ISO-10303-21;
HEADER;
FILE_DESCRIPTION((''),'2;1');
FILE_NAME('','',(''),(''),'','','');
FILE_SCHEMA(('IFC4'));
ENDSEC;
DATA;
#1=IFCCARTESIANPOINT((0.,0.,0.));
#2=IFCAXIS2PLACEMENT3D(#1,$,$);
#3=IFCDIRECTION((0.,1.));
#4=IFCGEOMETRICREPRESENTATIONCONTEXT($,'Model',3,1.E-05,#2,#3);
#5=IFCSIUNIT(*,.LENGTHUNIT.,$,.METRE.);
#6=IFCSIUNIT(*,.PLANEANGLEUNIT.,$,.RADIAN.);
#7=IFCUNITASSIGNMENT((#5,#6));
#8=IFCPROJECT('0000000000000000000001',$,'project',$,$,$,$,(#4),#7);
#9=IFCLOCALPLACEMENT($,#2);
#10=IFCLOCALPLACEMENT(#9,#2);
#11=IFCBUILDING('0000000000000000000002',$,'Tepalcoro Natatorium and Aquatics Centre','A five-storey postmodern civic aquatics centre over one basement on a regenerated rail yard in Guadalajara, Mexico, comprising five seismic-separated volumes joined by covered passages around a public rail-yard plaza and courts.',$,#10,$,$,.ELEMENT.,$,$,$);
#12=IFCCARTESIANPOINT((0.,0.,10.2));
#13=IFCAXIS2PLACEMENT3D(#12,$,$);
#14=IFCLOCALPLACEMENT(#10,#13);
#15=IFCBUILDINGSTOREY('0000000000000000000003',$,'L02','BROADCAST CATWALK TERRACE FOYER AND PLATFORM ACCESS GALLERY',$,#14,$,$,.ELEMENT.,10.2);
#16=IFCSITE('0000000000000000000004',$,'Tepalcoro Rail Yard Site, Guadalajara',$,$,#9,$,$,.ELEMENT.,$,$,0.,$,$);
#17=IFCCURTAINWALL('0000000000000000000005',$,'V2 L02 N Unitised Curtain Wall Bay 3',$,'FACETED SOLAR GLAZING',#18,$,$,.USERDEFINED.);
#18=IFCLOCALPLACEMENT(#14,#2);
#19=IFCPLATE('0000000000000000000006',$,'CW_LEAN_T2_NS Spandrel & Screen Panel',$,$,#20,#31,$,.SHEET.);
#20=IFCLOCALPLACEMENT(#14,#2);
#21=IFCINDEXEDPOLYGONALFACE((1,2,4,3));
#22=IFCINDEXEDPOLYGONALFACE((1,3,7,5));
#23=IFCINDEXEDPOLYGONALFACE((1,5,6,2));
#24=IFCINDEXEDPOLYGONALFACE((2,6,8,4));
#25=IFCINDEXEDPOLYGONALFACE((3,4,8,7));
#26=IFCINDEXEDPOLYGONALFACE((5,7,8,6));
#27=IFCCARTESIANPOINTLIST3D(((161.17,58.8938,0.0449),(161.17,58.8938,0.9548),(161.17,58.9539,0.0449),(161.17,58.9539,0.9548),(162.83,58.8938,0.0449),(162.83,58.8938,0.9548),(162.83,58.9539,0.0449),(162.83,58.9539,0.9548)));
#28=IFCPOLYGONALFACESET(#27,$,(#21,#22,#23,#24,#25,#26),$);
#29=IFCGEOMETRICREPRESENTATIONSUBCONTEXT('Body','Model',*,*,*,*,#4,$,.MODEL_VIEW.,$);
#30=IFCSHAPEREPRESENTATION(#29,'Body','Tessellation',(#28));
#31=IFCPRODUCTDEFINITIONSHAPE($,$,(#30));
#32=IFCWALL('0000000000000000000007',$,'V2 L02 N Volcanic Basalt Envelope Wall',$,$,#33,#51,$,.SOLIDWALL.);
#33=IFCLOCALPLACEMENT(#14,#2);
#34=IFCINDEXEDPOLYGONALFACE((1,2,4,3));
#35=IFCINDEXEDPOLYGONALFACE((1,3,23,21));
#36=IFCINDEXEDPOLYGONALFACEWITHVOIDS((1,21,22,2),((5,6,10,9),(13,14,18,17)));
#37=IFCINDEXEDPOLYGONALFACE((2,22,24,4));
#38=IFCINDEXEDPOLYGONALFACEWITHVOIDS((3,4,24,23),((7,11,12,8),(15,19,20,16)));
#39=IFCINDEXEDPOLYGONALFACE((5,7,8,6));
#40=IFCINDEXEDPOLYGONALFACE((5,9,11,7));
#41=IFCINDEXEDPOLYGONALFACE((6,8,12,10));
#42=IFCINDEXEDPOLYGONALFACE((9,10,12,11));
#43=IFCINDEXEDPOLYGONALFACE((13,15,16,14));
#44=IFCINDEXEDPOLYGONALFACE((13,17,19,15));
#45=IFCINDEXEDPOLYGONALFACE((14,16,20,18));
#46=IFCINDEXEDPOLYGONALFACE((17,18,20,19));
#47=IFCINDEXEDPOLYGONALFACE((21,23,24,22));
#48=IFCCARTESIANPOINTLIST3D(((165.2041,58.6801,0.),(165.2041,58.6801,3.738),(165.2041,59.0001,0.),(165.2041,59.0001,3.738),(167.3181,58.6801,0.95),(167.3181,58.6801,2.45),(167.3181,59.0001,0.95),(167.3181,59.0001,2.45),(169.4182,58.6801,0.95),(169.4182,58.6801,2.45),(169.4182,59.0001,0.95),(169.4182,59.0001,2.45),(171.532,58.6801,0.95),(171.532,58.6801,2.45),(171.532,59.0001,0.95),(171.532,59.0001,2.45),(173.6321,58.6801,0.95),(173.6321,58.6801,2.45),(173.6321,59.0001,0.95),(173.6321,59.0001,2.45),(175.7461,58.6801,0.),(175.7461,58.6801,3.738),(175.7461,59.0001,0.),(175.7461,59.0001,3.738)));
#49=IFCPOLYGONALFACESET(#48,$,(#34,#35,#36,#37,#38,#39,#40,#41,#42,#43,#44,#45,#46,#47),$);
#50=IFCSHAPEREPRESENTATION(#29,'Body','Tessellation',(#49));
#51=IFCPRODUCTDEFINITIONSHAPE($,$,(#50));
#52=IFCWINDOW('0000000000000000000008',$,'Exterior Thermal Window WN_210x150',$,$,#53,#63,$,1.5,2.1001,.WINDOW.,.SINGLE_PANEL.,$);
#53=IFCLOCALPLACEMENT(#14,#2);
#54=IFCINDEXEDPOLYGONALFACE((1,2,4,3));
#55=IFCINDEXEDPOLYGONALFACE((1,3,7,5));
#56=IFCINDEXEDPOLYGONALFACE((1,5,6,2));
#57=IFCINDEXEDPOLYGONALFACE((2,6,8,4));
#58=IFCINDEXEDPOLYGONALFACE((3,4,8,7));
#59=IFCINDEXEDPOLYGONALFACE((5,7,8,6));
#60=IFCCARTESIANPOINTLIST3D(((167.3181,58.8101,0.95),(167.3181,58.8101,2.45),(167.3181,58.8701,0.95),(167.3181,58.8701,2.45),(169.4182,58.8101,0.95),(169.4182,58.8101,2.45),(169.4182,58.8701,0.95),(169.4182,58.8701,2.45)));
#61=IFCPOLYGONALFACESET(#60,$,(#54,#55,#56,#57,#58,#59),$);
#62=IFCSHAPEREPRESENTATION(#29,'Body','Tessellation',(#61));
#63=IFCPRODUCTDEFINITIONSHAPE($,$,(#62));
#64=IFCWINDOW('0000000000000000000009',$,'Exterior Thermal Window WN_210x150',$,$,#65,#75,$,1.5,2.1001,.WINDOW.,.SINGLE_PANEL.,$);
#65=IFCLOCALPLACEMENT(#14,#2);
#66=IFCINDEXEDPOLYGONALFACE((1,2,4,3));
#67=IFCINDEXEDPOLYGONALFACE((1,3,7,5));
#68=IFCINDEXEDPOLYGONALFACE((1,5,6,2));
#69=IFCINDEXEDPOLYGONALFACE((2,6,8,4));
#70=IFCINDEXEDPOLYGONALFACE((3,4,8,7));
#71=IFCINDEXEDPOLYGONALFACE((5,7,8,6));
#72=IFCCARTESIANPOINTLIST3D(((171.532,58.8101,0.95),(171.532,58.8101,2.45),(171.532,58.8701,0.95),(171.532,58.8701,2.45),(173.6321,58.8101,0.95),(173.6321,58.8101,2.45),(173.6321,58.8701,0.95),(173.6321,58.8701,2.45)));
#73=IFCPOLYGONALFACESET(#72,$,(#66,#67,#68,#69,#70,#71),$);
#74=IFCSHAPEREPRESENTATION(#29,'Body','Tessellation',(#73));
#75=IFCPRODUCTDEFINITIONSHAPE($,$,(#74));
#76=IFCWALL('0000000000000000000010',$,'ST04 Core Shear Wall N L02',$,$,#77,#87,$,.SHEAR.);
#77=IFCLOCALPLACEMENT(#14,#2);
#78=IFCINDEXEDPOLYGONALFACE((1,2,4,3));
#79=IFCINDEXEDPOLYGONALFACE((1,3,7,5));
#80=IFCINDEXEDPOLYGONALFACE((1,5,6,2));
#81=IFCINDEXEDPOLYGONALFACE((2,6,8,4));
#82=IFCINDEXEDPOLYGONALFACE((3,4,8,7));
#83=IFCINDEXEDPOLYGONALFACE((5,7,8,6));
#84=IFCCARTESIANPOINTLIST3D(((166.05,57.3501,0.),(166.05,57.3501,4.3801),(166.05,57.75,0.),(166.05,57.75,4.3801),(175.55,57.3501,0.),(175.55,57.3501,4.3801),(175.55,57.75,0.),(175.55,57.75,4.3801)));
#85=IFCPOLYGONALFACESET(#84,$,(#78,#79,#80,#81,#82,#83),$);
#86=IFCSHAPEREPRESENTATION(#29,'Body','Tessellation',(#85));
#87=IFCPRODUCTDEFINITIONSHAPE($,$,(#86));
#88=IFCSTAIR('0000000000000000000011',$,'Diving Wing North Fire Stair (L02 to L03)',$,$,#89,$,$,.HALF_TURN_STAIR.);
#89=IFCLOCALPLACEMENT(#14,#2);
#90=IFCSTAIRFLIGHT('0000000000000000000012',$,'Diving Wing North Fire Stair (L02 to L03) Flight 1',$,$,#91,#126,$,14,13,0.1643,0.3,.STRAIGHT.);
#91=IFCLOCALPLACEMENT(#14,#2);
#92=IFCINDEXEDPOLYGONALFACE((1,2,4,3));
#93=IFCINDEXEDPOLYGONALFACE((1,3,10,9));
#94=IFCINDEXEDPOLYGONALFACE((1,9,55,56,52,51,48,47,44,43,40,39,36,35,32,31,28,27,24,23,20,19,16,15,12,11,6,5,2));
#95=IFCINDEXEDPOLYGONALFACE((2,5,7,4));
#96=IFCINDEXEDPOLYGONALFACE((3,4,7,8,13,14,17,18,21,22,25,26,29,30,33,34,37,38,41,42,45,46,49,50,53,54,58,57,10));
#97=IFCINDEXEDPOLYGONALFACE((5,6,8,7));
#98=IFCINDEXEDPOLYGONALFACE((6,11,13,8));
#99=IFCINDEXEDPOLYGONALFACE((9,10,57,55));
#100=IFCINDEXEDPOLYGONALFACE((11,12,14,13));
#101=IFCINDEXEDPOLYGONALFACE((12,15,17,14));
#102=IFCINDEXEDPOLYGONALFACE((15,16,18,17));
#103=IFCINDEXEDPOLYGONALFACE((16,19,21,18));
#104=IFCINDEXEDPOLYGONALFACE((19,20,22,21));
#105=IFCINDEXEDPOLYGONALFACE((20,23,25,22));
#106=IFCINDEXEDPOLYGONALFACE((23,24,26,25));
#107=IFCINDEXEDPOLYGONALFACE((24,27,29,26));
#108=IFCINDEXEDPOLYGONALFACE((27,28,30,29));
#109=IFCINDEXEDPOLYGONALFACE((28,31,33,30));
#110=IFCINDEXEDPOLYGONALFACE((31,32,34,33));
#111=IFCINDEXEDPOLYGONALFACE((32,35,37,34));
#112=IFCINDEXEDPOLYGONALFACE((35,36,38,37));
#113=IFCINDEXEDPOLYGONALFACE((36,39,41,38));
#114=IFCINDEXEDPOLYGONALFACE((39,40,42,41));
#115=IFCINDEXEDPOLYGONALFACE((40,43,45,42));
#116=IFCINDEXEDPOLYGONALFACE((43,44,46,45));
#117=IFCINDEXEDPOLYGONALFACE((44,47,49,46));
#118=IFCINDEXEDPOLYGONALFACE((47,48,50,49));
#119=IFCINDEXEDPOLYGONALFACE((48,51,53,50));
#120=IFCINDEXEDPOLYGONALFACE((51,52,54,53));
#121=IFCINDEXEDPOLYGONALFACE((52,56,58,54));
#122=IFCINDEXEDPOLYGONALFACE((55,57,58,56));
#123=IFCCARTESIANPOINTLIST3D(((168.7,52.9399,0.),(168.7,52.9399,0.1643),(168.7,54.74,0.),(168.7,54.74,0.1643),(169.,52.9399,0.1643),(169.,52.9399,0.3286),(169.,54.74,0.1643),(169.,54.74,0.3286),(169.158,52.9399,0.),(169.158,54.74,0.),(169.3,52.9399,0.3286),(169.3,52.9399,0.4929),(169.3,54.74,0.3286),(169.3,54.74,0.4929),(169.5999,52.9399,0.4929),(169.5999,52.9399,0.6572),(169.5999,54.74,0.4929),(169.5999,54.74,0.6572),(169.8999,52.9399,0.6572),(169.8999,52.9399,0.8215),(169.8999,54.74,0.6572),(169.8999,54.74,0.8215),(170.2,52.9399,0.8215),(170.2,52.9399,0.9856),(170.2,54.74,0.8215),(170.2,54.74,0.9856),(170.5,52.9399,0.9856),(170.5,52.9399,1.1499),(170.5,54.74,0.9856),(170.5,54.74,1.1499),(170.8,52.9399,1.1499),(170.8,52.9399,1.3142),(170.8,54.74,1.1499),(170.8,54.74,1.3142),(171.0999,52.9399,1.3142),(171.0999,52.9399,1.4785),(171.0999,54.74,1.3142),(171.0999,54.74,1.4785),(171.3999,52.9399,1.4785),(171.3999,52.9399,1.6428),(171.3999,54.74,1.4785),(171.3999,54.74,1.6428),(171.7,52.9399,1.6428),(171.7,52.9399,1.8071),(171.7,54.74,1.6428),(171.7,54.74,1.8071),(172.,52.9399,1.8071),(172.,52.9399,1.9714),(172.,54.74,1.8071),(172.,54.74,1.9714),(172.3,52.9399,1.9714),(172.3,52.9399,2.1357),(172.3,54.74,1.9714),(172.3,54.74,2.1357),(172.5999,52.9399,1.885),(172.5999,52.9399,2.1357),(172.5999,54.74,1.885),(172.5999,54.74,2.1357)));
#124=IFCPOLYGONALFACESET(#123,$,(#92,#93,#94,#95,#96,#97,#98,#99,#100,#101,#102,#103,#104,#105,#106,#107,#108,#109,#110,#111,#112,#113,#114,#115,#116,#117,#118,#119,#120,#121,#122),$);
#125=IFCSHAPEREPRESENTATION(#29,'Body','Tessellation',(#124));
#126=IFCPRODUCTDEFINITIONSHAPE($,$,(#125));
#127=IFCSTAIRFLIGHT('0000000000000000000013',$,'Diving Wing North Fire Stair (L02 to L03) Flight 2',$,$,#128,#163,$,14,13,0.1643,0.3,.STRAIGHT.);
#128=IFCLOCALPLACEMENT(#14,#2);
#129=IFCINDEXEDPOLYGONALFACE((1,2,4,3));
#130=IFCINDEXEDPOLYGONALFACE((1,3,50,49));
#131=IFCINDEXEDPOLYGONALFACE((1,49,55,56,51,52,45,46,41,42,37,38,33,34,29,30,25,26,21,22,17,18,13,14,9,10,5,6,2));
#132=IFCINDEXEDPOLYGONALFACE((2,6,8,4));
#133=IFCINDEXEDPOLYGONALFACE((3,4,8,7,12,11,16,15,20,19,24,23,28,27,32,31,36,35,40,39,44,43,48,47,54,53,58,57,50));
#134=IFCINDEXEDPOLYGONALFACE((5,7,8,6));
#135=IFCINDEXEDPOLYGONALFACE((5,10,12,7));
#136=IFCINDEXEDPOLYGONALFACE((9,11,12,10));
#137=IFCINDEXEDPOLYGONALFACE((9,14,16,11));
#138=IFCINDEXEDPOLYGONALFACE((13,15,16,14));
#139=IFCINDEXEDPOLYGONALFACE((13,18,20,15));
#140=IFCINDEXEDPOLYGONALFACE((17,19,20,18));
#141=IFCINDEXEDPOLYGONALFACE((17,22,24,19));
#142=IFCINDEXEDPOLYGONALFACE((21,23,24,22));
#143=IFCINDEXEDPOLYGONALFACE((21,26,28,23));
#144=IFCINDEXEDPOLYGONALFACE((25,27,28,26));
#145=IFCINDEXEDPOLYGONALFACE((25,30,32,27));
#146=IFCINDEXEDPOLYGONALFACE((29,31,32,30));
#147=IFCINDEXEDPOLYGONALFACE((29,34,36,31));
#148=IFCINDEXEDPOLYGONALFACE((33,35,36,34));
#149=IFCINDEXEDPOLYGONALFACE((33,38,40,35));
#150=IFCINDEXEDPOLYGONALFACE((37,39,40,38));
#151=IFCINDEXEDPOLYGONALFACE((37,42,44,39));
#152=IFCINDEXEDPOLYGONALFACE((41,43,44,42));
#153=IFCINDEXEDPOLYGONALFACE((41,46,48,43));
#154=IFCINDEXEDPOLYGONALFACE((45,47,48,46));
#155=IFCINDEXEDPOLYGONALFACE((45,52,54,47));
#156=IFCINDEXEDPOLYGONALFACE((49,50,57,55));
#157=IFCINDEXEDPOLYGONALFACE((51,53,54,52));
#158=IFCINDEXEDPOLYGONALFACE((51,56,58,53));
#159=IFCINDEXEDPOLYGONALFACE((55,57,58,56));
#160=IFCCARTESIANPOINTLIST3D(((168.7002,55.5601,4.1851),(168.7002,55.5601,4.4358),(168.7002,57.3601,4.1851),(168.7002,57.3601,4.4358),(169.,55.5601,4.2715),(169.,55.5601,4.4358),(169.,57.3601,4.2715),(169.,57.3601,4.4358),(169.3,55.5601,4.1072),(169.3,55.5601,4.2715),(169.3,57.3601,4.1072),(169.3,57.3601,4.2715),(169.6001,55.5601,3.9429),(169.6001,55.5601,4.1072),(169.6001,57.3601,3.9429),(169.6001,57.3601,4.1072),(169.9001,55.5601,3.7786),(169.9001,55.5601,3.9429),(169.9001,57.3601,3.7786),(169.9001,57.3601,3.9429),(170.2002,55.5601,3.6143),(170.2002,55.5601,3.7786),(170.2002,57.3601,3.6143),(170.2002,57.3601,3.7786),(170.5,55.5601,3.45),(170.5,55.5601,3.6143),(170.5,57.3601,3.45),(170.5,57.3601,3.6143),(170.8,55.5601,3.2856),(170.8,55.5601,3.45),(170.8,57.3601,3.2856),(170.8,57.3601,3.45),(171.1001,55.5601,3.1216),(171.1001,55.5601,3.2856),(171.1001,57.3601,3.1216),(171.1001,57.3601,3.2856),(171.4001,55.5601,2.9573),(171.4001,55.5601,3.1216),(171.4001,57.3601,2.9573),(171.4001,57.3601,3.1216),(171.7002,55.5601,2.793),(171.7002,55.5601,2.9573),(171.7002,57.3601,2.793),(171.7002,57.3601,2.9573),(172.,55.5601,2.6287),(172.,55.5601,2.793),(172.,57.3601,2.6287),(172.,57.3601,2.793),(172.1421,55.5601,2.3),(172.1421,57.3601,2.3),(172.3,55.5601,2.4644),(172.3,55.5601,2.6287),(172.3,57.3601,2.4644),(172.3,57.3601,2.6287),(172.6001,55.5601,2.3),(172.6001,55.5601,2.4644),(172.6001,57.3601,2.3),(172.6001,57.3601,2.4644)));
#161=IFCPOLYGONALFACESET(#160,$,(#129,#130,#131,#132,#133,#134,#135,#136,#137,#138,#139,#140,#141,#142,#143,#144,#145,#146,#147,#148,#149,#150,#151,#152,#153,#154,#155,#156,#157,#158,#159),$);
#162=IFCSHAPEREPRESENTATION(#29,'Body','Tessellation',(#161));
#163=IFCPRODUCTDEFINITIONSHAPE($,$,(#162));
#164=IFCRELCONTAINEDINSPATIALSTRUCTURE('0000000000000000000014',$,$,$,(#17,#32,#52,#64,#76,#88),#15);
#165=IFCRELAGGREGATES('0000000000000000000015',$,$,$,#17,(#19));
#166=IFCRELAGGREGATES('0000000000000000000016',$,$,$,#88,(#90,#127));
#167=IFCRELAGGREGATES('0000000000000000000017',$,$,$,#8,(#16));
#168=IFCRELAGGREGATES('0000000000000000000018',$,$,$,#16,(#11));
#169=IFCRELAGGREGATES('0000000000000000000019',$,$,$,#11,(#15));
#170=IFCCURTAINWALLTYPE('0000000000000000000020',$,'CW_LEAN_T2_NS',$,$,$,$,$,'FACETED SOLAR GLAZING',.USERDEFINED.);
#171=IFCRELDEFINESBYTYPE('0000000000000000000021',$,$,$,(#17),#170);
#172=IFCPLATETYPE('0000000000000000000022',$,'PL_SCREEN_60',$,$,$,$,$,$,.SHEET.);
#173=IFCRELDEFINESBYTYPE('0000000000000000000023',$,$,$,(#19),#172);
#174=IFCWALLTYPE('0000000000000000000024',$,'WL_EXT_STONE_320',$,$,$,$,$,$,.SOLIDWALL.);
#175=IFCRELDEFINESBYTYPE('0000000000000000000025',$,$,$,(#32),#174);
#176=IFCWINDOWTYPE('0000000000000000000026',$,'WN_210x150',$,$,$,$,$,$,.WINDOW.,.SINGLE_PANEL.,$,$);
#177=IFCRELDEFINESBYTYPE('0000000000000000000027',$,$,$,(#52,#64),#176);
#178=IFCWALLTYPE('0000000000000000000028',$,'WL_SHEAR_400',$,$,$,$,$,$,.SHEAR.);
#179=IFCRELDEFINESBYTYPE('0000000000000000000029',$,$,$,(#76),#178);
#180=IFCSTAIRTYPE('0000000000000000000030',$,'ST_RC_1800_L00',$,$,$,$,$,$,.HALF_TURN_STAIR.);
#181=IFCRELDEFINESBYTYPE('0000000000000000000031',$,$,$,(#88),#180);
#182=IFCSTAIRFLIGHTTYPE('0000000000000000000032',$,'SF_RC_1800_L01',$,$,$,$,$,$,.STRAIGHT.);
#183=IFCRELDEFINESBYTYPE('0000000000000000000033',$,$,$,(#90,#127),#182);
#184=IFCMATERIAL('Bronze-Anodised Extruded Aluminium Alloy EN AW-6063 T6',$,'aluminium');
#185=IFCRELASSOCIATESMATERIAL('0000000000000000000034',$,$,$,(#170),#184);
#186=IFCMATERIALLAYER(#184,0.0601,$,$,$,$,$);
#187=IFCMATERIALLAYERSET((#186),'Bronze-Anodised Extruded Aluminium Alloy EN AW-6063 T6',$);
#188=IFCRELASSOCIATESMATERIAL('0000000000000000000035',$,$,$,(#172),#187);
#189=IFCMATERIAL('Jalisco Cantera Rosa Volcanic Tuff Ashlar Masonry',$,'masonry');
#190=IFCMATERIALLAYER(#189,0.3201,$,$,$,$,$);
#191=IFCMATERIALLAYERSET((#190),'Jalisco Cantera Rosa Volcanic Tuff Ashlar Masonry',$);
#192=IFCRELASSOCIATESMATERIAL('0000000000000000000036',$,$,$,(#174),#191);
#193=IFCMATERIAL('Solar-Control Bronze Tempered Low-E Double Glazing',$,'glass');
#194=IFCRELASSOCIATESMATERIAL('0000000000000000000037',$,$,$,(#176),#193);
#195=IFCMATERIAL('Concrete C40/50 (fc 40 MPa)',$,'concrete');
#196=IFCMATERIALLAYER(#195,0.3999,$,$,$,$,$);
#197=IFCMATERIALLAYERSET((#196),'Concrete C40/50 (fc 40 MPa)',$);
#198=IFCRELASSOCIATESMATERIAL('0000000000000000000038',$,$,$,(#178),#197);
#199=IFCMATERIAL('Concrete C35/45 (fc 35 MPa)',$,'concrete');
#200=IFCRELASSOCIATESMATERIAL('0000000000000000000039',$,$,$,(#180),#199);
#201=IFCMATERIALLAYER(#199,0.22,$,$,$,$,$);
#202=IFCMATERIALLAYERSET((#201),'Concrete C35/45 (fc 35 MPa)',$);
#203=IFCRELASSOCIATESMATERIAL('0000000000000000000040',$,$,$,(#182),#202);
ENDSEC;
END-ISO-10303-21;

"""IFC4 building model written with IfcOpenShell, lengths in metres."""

from ifc_helpers import new_model, si_unit, direction, frame, frame_2d, origin, origin_2d, place, context, subcontext, project, spatial, polyline, rectangle, outline, extrude, material, layer, layer_set, type_object, element, fill, aggregate, save


model = new_model("IFC4")

# Units and contexts
model_context = context("Model", 3, precision=1e-05, world=origin(), true_north=direction((0.0, 1.0)))
body_context = subcontext(model_context, "Body", "Model", "MODEL_VIEW")
ifc_project = project(units=[si_unit("LENGTHUNIT", "METRE"), si_unit("PLANEANGLEUNIT", "RADIAN")], contexts=[model_context])

# Site, building, storey
site_placement = place(None, origin())
site = spatial("IfcSite", under=ifc_project, at=site_placement, Name="Tepalcoro Rail Yard Site, Guadalajara", CompositionType="ELEMENT", RefElevation=0.0)
building_placement = place(site_placement, origin())
building = spatial("IfcBuilding", under=site, at=building_placement, Name="Tepalcoro Natatorium and Aquatics Centre", Description="A five-storey postmodern civic aquatics centre over one basement on a regenerated rail yard in Guadalajara, Mexico, comprising five seismic-separated volumes joined by covered passages around a public rail-yard plaza and courts.", CompositionType="ELEMENT")
storey_placement = place(building_placement, frame((0.0, 0.0, 10.2)))
storey = spatial("IfcBuildingStorey", under=building, at=storey_placement, Name="L02", Description="BROADCAST CATWALK TERRACE FOYER AND PLATFORM ACCESS GALLERY", CompositionType="ELEMENT", Elevation=10.2)

# Curtain wall, plate
ifc_material_1 = material(Name="Bronze-Anodised Extruded Aluminium Alloy EN AW-6063 T6", Category="aluminium")
curtain_wall_type = type_object("IfcCurtainWallType", Name="CW_LEAN_T2_NS", ElementType="FACETED SOLAR GLAZING", PredefinedType="USERDEFINED", material=ifc_material_1)
curtain_wall_placement = place(storey_placement, origin())
curtain_wall = element("IfcCurtainWall", 1, at=curtain_wall_placement, inside=storey, type_object=curtain_wall_type, Name="V2 L02 N Unitised Curtain Wall Bay 3", ObjectType="FACETED SOLAR GLAZING", PredefinedType="USERDEFINED")
ifc_material_2 = material(Name="Solar-Control Bronze Tempered Low-E Double Glazing", Category="glass")
ifc_layer_1 = layer(ifc_material_1, 0.0601)
ifc_layer_set_1 = layer_set([ifc_layer_1], Name="Bronze-Anodised Extruded Aluminium Alloy EN AW-6063 T6")
plate_type_1 = type_object("IfcPlateType", Name="PL_SCREEN_60", PredefinedType="SHEET", material=ifc_layer_set_1)
plate_1_placement = place(storey_placement, frame((162.0, 58.9238, 0.0449), z_axis=(0.0, 0.0, 1.0), x_axis=(1.0, 0.0, 0.0)))
plate_1 = element("IfcPlate", 2, at=plate_1_placement, type_object=plate_type_1, Name="CW_LEAN_T2_NS Spandrel & Screen Panel", PredefinedType="SHEET", context=body_context, shape_type="SweptSolid", body=[
    extrude(rectangle(XDim=1.6599, YDim=0.0601, at=origin_2d()), origin(), (0.0, 0.0, 1.0), 0.9099),
])
aggregate(curtain_wall, [plate_1])

# Wall, openings, windows
ifc_material_3 = material(Name="Jalisco Cantera Rosa Volcanic Tuff Ashlar Masonry", Category="masonry")
ifc_layer_2 = layer(ifc_material_3, 0.3201)
ifc_layer_set_2 = layer_set([ifc_layer_2], Name="Jalisco Cantera Rosa Volcanic Tuff Ashlar Masonry")
wall_type_1 = type_object("IfcWallType", Name="WL_EXT_STONE_320", PredefinedType="SOLIDWALL", material=ifc_layer_set_2)
wall_1_placement = place(storey_placement, frame((165.2041, 58.8401, 0.0), z_axis=(0.0, 0.0, 1.0), x_axis=(1.0, 0.0, 0.0)))
wall_1 = element("IfcWall", 3, at=wall_1_placement, inside=storey, type_object=wall_type_1, Name="V2 L02 N Volcanic Basalt Envelope Wall", PredefinedType="SOLIDWALL", context=body_context, shape_type="SweptSolid", body=[
    extrude(rectangle(XDim=10.542, YDim=0.3201, at=frame_2d((5.271, 0.0))), origin(), (0.0, 0.0, 1.0), 3.738),
])
opening_1_placement = place(wall_1_placement, frame((2.114, 0.0, 0.95)))
opening_1 = element("IfcOpeningElement", 4, at=opening_1_placement, cuts=wall_1, PredefinedType="OPENING", context=body_context, shape_type="SweptSolid", body=[
    extrude(rectangle(XDim=2.1001, YDim=1.5, at=frame_2d((1.05, 0.75))), frame((0.0, 0.1719, 0.0), z_axis=(0.0, -1.0, 0.0), x_axis=(1.0, 0.0, 0.0)), (0.0, 0.0, 1.0), 0.344),
])
opening_2_placement = place(wall_1_placement, frame((6.3279, 0.0, 0.95)))
opening_2 = element("IfcOpeningElement", 5, at=opening_2_placement, cuts=wall_1, PredefinedType="OPENING", context=body_context, shape_type="SweptSolid", body=[
    extrude(rectangle(XDim=2.1001, YDim=1.5, at=frame_2d((1.05, 0.75))), frame((0.0, 0.1719, 0.0), z_axis=(0.0, -1.0, 0.0), x_axis=(1.0, 0.0, 0.0)), (0.0, 0.0, 1.0), 0.344),
])
window_type = type_object("IfcWindowType", Name="WN_210x150", PartitioningType="SINGLE_PANEL", PredefinedType="WINDOW", material=ifc_material_2)
window_1_placement = place(opening_1_placement, origin())
window_1 = element("IfcWindow", 6, at=window_1_placement, inside=storey, type_object=window_type, Name="Exterior Thermal Window WN_210x150", OverallHeight=1.5, OverallWidth=2.1001, PartitioningType="SINGLE_PANEL", PredefinedType="WINDOW", context=body_context, shape_type="SweptSolid", body=[
    extrude(rectangle(XDim=2.1001, YDim=1.5, at=frame_2d((1.05, 0.75))), frame((0.0, 0.03, 0.0), z_axis=(0.0, -1.0, 0.0), x_axis=(1.0, 0.0, 0.0)), (0.0, 0.0, 1.0), 0.0601),
])
fill(opening_1, window_1)
window_2_placement = place(opening_2_placement, origin())
window_2 = element("IfcWindow", 7, at=window_2_placement, inside=storey, type_object=window_type, Name="Exterior Thermal Window WN_210x150", OverallHeight=1.5, OverallWidth=2.1001, PartitioningType="SINGLE_PANEL", PredefinedType="WINDOW", context=body_context, shape_type="SweptSolid", body=[
    extrude(rectangle(XDim=2.1001, YDim=1.5, at=frame_2d((1.05, 0.75))), frame((0.0, 0.03, 0.0), z_axis=(0.0, -1.0, 0.0), x_axis=(1.0, 0.0, 0.0)), (0.0, 0.0, 1.0), 0.0601),
])
fill(opening_2, window_2)

# Wall
ifc_material_4 = material(Name="Concrete C40/50 (fc 40 MPa)", Category="concrete")
ifc_layer_3 = layer(ifc_material_4, 0.3999)
ifc_layer_set_3 = layer_set([ifc_layer_3], Name="Concrete C40/50 (fc 40 MPa)")
wall_type_2 = type_object("IfcWallType", Name="WL_SHEAR_400", PredefinedType="SHEAR", material=ifc_layer_set_3)
wall_2_placement = place(storey_placement, frame((166.05, 57.55, 0.0), z_axis=(0.0, 0.0, 1.0), x_axis=(1.0, 0.0, 0.0)))
element("IfcWall", 8, at=wall_2_placement, inside=storey, type_object=wall_type_2, Name="ST04 Core Shear Wall N L02", PredefinedType="SHEAR", context=body_context, shape_type="SweptSolid", body=[
    extrude(rectangle(XDim=9.5, YDim=0.3999, at=frame_2d((4.75, 0.0))), origin(), (0.0, 0.0, 1.0), 4.3801),
])

# Stair, stair flights
ifc_material_5 = material(Name="Concrete C35/45 (fc 35 MPa)", Category="concrete")
stair_type = type_object("IfcStairType", Name="ST_RC_1800_L00", PredefinedType="HALF_TURN_STAIR", material=ifc_material_5)
stair_placement = place(storey_placement, origin())
stair = element("IfcStair", 9, at=stair_placement, inside=storey, type_object=stair_type, Name="Diving Wing North Fire Stair (L02 to L03)", PredefinedType="HALF_TURN_STAIR")
ifc_layer_4 = layer(ifc_material_5, 0.22)
ifc_layer_set_4 = layer_set([ifc_layer_4], Name="Concrete C35/45 (fc 35 MPa)")
stair_flight_type = type_object("IfcStairFlightType", Name="SF_RC_1800_L01", PredefinedType="STRAIGHT", material=ifc_layer_set_4)
stair_flight_1_placement = place(storey_placement, frame((168.7, 53.8401, 0.0), z_axis=(0.0, 0.0, 1.0), x_axis=(1.0, 0.0, 0.0)))
stair_flight_1 = element("IfcStairFlight", 10, at=stair_flight_1_placement, type_object=stair_flight_type, Name="Diving Wing North Fire Stair (L02 to L03) Flight 1", NumberOfRisers=14, NumberOfTreads=13, PredefinedType="STRAIGHT", RiserHeight=0.1643, TreadLength=0.3, context=body_context, shape_type="SweptSolid", body=[
    extrude(outline(polyline([(0.0, 0.0), (0.0, 0.1643), (0.3, 0.1643), (0.3, 0.3286), (0.6001, 0.3286), (0.6001, 0.4929), (0.8999, 0.4929), (0.8999, 0.6572), (1.2, 0.6572), (1.2, 0.8215), (1.5, 0.8215), (1.5, 0.9856), (1.8, 0.9856), (1.8, 1.1499), (2.1001, 1.1499), (2.1001, 1.3142), (2.3999, 1.3142), (2.3999, 1.4785), (2.7, 1.4785), (2.7, 1.6428), (3.0, 1.6428), (3.0, 1.8071), (3.3, 1.8071), (3.3, 1.9714), (3.6001, 1.9714), (3.6001, 2.1357), (3.8999, 2.1357), (3.8999, 2.3), (3.8999, 1.885), (0.458, 0.0), (0.0, 0.0)])), frame((0.0, 0.8999, 0.0), z_axis=(0.0, -1.0, 0.0), x_axis=(1.0, 0.0, 0.0)), (0.0, 0.0, 1.0), 1.8),
])
stair_flight_2_placement = place(storey_placement, frame((172.6001, 56.46, 2.3), z_axis=(0.0, 0.0, 1.0), x_axis=(-1.0, 0.0, 0.0)))
stair_flight_2 = element("IfcStairFlight", 11, at=stair_flight_2_placement, type_object=stair_flight_type, Name="Diving Wing North Fire Stair (L02 to L03) Flight 2", NumberOfRisers=14, NumberOfTreads=13, PredefinedType="STRAIGHT", RiserHeight=0.1643, TreadLength=0.3, context=body_context, shape_type="SweptSolid", body=[
    extrude(outline(polyline([(0.0, 0.0), (0.0, 0.1643), (0.3, 0.1643), (0.3, 0.3286), (0.6001, 0.3286), (0.6001, 0.4929), (0.8999, 0.4929), (0.8999, 0.6572), (1.2, 0.6572), (1.2, 0.8215), (1.5, 0.8215), (1.5, 0.9856), (1.8, 0.9856), (1.8, 1.1499), (2.1001, 1.1499), (2.1001, 1.3142), (2.3999, 1.3142), (2.3999, 1.4785), (2.7, 1.4785), (2.7, 1.6428), (3.0, 1.6428), (3.0, 1.8071), (3.3, 1.8071), (3.3, 1.9714), (3.6001, 1.9714), (3.6001, 2.1357), (3.8999, 2.1357), (3.8999, 2.3), (3.8999, 1.885), (0.458, 0.0), (0.0, 0.0)])), frame((0.0, 0.8999, 0.0), z_axis=(0.0, -1.0, 0.0), x_axis=(1.0, 0.0, 0.0)), (0.0, 0.0, 1.0), 1.8),
])
aggregate(stair, [stair_flight_1, stair_flight_2])

save(model, "model.ifc")
